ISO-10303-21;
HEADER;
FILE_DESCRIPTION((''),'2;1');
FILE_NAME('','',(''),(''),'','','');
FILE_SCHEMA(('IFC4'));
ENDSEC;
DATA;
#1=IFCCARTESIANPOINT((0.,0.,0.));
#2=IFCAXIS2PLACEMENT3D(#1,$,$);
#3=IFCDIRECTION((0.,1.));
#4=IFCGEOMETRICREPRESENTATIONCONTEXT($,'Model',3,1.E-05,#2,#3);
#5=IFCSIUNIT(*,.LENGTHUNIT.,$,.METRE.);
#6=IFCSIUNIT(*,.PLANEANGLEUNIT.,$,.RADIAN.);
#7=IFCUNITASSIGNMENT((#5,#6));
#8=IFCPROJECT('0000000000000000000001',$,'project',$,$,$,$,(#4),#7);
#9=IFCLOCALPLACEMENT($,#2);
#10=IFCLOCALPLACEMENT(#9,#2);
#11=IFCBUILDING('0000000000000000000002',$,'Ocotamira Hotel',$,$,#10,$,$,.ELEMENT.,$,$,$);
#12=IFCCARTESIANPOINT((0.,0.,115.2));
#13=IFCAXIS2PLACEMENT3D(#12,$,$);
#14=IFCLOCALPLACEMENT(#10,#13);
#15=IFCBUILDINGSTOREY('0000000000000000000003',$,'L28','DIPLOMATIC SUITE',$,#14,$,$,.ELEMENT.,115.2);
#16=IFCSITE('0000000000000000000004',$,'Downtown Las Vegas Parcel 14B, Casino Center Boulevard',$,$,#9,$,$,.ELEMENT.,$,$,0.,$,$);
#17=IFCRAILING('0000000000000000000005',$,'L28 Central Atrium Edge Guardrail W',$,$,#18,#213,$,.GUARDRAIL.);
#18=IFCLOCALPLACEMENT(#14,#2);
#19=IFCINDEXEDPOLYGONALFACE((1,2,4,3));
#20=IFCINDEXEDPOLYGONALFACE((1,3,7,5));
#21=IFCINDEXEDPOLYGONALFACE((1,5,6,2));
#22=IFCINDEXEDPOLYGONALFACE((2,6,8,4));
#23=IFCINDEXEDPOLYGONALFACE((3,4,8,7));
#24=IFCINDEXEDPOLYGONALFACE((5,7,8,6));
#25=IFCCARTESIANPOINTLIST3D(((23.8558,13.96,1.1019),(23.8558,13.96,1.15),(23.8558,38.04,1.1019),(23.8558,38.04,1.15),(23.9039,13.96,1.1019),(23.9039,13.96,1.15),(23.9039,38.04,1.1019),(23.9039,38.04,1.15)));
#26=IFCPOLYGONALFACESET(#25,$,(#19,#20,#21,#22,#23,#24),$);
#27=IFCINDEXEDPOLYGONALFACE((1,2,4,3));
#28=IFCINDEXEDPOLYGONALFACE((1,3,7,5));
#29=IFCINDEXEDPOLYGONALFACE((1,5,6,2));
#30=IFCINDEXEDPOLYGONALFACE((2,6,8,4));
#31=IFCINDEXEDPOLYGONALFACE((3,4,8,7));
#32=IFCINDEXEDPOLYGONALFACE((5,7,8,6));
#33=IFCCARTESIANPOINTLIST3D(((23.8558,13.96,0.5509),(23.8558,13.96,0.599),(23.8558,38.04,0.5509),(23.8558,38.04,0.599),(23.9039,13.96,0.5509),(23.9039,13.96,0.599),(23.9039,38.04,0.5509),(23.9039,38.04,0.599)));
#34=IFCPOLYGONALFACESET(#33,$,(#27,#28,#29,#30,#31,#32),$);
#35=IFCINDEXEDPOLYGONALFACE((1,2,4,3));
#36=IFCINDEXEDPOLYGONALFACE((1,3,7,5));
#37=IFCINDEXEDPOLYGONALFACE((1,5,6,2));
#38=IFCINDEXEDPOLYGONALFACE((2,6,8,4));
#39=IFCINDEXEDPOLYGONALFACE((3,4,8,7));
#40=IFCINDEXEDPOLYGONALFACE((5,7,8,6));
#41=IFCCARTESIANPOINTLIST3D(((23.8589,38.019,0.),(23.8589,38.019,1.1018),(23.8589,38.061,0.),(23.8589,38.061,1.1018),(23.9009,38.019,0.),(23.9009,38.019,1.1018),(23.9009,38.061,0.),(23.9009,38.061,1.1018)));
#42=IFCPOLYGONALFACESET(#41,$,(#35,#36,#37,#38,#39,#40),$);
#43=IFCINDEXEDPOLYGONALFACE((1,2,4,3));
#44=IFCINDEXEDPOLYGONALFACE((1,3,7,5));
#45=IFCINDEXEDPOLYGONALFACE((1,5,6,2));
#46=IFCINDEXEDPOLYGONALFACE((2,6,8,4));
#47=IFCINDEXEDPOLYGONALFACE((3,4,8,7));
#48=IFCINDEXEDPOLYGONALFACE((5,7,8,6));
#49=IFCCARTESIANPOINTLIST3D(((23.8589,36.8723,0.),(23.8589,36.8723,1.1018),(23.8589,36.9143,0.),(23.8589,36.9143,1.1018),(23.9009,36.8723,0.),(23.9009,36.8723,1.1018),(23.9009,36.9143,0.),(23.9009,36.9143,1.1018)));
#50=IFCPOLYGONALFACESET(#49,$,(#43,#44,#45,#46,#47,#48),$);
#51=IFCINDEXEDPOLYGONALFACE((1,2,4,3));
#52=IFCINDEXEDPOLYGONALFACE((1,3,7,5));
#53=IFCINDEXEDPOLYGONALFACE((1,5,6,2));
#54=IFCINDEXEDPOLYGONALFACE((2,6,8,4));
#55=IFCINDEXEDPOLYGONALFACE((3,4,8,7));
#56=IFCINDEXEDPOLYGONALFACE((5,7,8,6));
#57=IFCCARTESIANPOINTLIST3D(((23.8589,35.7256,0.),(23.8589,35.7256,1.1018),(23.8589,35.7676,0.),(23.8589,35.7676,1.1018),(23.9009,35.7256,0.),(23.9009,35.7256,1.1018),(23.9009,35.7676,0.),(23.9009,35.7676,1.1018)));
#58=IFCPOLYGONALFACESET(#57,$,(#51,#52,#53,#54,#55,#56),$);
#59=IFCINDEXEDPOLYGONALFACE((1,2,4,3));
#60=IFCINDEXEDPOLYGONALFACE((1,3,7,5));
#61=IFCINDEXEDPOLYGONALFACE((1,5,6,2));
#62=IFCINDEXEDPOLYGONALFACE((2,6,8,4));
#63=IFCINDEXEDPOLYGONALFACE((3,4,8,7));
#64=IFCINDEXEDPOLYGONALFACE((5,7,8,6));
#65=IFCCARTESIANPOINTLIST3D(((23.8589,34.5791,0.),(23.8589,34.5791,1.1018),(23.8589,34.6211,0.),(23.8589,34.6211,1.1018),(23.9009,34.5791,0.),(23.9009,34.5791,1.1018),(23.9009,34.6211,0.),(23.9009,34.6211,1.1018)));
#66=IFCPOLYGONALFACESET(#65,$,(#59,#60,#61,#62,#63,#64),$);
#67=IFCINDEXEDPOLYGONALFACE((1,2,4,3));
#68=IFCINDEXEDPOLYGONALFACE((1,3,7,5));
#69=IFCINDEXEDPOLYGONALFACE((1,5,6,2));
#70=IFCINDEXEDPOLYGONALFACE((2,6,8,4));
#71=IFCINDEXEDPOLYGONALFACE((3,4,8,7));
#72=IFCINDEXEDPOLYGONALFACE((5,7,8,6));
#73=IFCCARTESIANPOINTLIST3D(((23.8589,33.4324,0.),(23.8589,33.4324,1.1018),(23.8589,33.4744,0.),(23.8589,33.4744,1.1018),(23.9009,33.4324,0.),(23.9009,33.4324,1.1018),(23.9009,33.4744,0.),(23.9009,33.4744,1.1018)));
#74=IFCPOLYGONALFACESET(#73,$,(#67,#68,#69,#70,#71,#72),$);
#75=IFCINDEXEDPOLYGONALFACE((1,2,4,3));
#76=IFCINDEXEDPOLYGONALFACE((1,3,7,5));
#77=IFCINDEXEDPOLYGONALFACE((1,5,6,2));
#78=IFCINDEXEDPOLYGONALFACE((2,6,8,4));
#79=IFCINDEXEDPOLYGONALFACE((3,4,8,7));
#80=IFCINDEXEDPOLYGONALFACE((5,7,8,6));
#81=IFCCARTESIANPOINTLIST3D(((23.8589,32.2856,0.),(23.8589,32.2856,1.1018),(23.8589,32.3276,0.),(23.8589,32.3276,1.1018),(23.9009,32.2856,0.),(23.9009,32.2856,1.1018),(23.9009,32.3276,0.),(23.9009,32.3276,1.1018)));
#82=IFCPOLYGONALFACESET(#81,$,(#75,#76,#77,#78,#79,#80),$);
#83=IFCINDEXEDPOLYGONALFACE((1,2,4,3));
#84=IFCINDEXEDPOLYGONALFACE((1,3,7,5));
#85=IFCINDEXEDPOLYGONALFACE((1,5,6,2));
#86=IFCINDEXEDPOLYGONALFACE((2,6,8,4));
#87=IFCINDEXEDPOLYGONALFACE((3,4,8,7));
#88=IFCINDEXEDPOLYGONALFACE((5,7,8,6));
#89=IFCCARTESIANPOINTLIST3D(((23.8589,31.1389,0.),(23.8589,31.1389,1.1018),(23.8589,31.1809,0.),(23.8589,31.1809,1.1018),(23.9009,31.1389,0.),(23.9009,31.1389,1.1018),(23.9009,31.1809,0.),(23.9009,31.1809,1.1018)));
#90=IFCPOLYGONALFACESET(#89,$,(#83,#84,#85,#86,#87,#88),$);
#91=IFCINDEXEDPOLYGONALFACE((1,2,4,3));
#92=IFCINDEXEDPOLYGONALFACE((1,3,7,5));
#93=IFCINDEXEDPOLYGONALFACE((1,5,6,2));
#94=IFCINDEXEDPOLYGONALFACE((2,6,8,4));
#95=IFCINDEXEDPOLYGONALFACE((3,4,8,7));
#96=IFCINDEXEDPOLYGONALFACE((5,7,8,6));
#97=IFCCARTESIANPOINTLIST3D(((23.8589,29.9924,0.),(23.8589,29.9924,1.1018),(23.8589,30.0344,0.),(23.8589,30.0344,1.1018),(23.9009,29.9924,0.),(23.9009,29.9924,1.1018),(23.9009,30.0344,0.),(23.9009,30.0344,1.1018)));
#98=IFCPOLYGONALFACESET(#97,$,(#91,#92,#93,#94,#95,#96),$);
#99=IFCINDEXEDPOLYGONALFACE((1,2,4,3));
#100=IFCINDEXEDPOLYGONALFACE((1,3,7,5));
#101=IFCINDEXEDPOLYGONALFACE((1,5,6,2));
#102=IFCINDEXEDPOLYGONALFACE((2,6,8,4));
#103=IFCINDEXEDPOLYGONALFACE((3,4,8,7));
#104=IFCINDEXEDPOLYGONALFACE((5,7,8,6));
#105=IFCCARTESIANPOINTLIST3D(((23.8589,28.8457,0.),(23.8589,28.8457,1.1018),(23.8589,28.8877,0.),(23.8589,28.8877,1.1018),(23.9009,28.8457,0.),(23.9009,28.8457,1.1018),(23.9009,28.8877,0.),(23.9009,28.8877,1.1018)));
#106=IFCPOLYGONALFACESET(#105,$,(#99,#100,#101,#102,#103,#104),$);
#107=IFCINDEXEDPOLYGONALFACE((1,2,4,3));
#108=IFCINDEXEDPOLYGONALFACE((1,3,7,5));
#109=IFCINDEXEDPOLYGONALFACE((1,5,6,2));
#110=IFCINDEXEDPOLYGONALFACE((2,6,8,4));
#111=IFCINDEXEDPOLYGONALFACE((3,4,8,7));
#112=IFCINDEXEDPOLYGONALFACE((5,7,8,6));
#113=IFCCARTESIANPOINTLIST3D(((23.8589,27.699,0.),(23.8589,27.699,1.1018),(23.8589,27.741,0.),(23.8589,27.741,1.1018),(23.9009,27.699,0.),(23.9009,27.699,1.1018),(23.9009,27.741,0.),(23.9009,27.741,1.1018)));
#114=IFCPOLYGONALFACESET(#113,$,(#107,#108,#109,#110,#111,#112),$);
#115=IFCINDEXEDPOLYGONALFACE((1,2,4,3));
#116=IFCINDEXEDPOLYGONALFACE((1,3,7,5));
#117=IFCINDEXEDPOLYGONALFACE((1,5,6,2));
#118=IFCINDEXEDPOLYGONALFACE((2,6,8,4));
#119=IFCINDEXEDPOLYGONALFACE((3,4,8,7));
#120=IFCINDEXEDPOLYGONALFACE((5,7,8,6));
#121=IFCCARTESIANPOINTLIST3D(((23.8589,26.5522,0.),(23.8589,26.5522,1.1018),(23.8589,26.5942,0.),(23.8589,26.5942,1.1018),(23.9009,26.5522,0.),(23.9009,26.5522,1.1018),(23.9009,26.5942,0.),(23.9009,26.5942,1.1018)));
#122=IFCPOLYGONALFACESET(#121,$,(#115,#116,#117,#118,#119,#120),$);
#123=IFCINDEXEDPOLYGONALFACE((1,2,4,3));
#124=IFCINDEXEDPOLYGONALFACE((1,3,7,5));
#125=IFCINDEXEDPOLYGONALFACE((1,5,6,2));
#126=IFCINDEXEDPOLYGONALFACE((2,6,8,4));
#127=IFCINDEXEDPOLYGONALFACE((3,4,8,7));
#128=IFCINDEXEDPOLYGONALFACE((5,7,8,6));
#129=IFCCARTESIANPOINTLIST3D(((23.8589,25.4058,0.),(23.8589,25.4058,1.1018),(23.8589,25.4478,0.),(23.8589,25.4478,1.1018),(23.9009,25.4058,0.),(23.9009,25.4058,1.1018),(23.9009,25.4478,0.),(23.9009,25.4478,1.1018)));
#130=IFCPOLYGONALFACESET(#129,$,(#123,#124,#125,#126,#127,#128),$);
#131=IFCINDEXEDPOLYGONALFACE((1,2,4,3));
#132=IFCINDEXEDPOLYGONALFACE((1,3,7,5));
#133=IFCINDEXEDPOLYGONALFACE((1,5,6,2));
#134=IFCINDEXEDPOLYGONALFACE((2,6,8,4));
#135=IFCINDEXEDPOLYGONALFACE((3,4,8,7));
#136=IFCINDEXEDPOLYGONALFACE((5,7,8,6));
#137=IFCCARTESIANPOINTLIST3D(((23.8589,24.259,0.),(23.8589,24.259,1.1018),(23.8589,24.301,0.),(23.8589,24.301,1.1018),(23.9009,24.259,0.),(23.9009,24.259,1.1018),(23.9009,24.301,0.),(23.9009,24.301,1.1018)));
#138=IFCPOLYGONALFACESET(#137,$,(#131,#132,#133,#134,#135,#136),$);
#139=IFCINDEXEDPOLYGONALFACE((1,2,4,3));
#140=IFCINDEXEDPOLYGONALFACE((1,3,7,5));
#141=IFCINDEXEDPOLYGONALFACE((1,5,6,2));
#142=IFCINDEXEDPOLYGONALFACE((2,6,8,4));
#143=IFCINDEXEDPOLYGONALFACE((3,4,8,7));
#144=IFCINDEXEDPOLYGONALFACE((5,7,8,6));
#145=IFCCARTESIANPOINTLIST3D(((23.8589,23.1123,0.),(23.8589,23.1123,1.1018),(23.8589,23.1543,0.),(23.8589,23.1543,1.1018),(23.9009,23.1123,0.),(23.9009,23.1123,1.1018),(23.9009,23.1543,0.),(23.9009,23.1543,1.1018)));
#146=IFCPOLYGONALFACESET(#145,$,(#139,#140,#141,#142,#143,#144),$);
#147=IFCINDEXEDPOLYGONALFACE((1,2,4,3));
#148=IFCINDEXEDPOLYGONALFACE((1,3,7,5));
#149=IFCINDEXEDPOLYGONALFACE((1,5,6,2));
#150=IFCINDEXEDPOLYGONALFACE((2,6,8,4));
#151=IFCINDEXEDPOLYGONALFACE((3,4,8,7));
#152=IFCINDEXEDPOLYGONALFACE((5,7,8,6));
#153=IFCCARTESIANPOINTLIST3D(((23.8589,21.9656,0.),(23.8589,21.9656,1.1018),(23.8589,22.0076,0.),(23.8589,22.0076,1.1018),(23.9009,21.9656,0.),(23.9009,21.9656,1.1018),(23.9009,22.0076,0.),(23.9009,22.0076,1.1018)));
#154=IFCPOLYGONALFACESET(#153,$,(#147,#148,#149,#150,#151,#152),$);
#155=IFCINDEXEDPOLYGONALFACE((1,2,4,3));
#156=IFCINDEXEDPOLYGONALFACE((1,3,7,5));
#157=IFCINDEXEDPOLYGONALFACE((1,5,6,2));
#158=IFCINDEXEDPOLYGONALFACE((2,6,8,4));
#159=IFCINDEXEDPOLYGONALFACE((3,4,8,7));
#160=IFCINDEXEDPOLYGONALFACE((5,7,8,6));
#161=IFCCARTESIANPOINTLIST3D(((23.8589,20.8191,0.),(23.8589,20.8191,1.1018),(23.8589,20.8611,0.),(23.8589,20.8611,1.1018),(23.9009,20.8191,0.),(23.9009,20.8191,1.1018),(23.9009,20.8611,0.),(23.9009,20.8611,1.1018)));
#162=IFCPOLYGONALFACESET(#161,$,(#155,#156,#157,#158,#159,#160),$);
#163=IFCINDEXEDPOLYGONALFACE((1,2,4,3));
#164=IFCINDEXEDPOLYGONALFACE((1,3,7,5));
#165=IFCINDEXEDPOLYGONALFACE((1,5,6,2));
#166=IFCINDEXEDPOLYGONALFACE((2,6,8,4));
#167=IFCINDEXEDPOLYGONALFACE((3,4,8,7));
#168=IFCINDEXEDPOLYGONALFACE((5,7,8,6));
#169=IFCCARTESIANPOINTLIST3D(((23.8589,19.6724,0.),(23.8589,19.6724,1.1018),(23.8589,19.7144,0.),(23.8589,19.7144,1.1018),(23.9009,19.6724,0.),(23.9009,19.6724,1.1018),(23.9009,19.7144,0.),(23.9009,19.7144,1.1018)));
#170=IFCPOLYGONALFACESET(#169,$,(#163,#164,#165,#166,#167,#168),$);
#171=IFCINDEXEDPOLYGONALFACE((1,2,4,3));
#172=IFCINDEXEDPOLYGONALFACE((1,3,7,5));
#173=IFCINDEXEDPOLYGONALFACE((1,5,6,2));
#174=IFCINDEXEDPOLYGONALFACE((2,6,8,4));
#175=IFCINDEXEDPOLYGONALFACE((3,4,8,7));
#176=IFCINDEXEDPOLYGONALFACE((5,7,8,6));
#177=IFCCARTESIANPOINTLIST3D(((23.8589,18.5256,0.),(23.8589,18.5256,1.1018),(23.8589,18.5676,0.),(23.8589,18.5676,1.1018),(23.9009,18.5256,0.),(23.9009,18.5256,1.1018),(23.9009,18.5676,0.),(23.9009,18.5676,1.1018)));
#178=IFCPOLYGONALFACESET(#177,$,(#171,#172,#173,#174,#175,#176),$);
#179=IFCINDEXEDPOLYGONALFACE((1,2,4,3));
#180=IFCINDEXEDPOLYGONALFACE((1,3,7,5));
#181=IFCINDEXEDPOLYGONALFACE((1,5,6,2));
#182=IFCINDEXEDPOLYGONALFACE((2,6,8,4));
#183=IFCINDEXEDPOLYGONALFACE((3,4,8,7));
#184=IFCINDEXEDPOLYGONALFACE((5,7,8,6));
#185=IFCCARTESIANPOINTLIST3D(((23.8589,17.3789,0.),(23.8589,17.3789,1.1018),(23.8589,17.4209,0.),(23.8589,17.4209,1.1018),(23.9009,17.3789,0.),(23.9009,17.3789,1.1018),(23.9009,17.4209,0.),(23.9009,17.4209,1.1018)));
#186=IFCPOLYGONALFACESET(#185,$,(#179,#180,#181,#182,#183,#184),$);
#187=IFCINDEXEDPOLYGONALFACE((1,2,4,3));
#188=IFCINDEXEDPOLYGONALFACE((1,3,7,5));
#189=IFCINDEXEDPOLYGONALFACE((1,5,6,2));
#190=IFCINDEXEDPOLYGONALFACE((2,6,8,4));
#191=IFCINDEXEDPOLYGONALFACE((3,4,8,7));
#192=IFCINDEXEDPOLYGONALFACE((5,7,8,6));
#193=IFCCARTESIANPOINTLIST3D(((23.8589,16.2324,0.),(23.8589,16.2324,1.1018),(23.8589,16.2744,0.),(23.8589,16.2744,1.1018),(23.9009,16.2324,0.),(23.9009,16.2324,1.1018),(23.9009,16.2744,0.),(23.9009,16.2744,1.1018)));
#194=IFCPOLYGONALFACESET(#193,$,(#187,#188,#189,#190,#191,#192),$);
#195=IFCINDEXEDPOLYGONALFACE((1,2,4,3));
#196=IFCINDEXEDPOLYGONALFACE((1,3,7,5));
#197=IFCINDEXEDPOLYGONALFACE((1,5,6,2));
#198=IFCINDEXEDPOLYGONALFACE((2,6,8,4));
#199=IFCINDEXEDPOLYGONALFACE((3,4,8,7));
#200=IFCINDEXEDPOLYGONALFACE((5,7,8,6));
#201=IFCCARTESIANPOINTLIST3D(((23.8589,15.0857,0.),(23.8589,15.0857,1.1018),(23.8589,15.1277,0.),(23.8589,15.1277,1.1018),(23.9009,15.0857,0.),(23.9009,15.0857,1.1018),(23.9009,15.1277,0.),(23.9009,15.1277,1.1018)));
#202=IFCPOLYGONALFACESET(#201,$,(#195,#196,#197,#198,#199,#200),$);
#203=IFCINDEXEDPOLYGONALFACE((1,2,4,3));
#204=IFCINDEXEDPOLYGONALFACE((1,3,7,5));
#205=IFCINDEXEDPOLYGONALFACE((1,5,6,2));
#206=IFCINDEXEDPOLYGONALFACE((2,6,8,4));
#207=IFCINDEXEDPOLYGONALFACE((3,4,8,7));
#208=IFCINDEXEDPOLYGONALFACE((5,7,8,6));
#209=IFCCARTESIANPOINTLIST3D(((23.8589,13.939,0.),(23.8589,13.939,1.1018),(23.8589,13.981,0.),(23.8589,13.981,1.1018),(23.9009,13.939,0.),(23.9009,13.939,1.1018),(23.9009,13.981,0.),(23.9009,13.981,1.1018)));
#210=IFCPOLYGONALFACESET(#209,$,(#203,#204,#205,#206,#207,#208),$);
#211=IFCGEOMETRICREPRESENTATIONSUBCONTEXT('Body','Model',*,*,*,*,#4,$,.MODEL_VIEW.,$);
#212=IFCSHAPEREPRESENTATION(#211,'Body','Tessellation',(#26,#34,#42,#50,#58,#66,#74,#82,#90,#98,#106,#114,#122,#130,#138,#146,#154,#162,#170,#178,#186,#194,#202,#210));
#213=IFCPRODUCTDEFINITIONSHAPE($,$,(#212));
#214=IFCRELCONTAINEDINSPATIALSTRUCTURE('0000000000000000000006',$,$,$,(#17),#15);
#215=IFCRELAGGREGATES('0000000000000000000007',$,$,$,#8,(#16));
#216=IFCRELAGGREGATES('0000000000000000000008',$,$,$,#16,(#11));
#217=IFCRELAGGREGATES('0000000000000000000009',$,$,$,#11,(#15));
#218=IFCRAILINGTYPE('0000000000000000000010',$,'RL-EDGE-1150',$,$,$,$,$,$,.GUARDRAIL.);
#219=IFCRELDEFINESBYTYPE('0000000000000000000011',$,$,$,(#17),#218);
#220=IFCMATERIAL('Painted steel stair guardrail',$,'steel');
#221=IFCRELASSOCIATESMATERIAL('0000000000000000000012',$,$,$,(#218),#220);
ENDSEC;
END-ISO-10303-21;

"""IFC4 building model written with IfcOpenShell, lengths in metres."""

from ifc_helpers import new_model, si_unit, direction, frame, origin, origin_2d, place, context, subcontext, project, spatial, rectangle, extrude, material, type_object, element, save


model = new_model("IFC4")

# Units and contexts
model_context = context("Model", 3, precision=1e-05, world=origin(), true_north=direction((0.0, 1.0)))
body_context = subcontext(model_context, "Body", "Model", "MODEL_VIEW")
ifc_project = project(units=[si_unit("LENGTHUNIT", "METRE"), si_unit("PLANEANGLEUNIT", "RADIAN")], contexts=[model_context])

# Site, building, storey
site_placement = place(None, origin())
site = spatial("IfcSite", under=ifc_project, at=site_placement, Name="Downtown Las Vegas Parcel 14B, Casino Center Boulevard", CompositionType="ELEMENT", RefElevation=0.0)
building_placement = place(site_placement, origin())
building = spatial("IfcBuilding", under=site, at=building_placement, Name="Ocotamira Hotel", CompositionType="ELEMENT")
storey_placement = place(building_placement, frame((0.0, 0.0, 115.2)))
storey = spatial("IfcBuildingStorey", under=building, at=storey_placement, Name="L28", Description="DIPLOMATIC SUITE", CompositionType="ELEMENT", Elevation=115.2)

# Railing
ifc_material_1 = material(Name="Painted steel stair guardrail", Category="steel")
railing_type = type_object("IfcRailingType", Name="RL-EDGE-1150", PredefinedType="GUARDRAIL", material=ifc_material_1)
railing_placement = place(storey_placement, frame((23.8799, 38.04, 0.0)))
element("IfcRailing", 1, at=railing_placement, inside=storey, type_object=railing_type, Name="L28 Central Atrium Edge Guardrail W", PredefinedType="GUARDRAIL", context=body_context, shape_type="SweptSolid", body=[
    extrude(rectangle(XDim=0.0481, YDim=0.0481, at=origin_2d()), frame((0.0, 0.0, 1.126), z_axis=(0.0, -1.0, 0.0), x_axis=(1.0, 0.0, 0.0)), (0.0, 0.0, 1.0), 24.0801),
    extrude(rectangle(XDim=0.0481, YDim=0.0481, at=origin_2d()), frame((0.0, 0.0, 0.575), z_axis=(0.0, -1.0, 0.0), x_axis=(1.0, 0.0, 0.0)), (0.0, 0.0, 1.0), 24.0801),
    extrude(rectangle(XDim=0.042, YDim=0.042, at=origin_2d()), origin(), (0.0, 0.0, 1.0), 1.1018),
    extrude(rectangle(XDim=0.042, YDim=0.042, at=origin_2d()), frame((0.0, -1.1467, 0.0)), (0.0, 0.0, 1.0), 1.1018),
    extrude(rectangle(XDim=0.042, YDim=0.042, at=origin_2d()), frame((0.0, -2.2935, 0.0)), (0.0, 0.0, 1.0), 1.1018),
    extrude(rectangle(XDim=0.042, YDim=0.042, at=origin_2d()), frame((0.0, -3.4399, 0.0)), (0.0, 0.0, 1.0), 1.1018),
    extrude(rectangle(XDim=0.042, YDim=0.042, at=origin_2d()), frame((0.0, -4.5867, 0.0)), (0.0, 0.0, 1.0), 1.1018),
    extrude(rectangle(XDim=0.042, YDim=0.042, at=origin_2d()), frame((0.0, -5.7334, 0.0)), (0.0, 0.0, 1.0), 1.1018),
    extrude(rectangle(XDim=0.042, YDim=0.042, at=origin_2d()), frame((0.0, -6.8801, 0.0)), (0.0, 0.0, 1.0), 1.1018),
    extrude(rectangle(XDim=0.042, YDim=0.042, at=origin_2d()), frame((0.0, -8.0266, 0.0)), (0.0, 0.0, 1.0), 1.1018),
    extrude(rectangle(XDim=0.042, YDim=0.042, at=origin_2d()), frame((0.0, -9.1733, 0.0)), (0.0, 0.0, 1.0), 1.1018),
    extrude(rectangle(XDim=0.042, YDim=0.042, at=origin_2d()), frame((0.0, -10.3201, 0.0)), (0.0, 0.0, 1.0), 1.1018),
    extrude(rectangle(XDim=0.042, YDim=0.042, at=origin_2d()), frame((0.0, -11.4668, 0.0)), (0.0, 0.0, 1.0), 1.1018),
    extrude(rectangle(XDim=0.042, YDim=0.042, at=origin_2d()), frame((0.0, -12.6133, 0.0)), (0.0, 0.0, 1.0), 1.1018),
    extrude(rectangle(XDim=0.042, YDim=0.042, at=origin_2d()), frame((0.0, -13.76, 0.0)), (0.0, 0.0, 1.0), 1.1018),
    extrude(rectangle(XDim=0.042, YDim=0.042, at=origin_2d()), frame((0.0, -14.9067, 0.0)), (0.0, 0.0, 1.0), 1.1018),
    extrude(rectangle(XDim=0.042, YDim=0.042, at=origin_2d()), frame((0.0, -16.0535, 0.0)), (0.0, 0.0, 1.0), 1.1018),
    extrude(rectangle(XDim=0.042, YDim=0.042, at=origin_2d()), frame((0.0, -17.2, 0.0)), (0.0, 0.0, 1.0), 1.1018),
    extrude(rectangle(XDim=0.042, YDim=0.042, at=origin_2d()), frame((0.0, -18.3467, 0.0)), (0.0, 0.0, 1.0), 1.1018),
    extrude(rectangle(XDim=0.042, YDim=0.042, at=origin_2d()), frame((0.0, -19.4934, 0.0)), (0.0, 0.0, 1.0), 1.1018),
    extrude(rectangle(XDim=0.042, YDim=0.042, at=origin_2d()), frame((0.0, -20.6401, 0.0)), (0.0, 0.0, 1.0), 1.1018),
    extrude(rectangle(XDim=0.042, YDim=0.042, at=origin_2d()), frame((0.0, -21.7866, 0.0)), (0.0, 0.0, 1.0), 1.1018),
    extrude(rectangle(XDim=0.042, YDim=0.042, at=origin_2d()), frame((0.0, -22.9333, 0.0)), (0.0, 0.0, 1.0), 1.1018),
    extrude(rectangle(XDim=0.042, YDim=0.042, at=origin_2d()), frame((0.0, -24.0801, 0.0)), (0.0, 0.0, 1.0), 1.1018),
])

save(model, "model.ifc")
